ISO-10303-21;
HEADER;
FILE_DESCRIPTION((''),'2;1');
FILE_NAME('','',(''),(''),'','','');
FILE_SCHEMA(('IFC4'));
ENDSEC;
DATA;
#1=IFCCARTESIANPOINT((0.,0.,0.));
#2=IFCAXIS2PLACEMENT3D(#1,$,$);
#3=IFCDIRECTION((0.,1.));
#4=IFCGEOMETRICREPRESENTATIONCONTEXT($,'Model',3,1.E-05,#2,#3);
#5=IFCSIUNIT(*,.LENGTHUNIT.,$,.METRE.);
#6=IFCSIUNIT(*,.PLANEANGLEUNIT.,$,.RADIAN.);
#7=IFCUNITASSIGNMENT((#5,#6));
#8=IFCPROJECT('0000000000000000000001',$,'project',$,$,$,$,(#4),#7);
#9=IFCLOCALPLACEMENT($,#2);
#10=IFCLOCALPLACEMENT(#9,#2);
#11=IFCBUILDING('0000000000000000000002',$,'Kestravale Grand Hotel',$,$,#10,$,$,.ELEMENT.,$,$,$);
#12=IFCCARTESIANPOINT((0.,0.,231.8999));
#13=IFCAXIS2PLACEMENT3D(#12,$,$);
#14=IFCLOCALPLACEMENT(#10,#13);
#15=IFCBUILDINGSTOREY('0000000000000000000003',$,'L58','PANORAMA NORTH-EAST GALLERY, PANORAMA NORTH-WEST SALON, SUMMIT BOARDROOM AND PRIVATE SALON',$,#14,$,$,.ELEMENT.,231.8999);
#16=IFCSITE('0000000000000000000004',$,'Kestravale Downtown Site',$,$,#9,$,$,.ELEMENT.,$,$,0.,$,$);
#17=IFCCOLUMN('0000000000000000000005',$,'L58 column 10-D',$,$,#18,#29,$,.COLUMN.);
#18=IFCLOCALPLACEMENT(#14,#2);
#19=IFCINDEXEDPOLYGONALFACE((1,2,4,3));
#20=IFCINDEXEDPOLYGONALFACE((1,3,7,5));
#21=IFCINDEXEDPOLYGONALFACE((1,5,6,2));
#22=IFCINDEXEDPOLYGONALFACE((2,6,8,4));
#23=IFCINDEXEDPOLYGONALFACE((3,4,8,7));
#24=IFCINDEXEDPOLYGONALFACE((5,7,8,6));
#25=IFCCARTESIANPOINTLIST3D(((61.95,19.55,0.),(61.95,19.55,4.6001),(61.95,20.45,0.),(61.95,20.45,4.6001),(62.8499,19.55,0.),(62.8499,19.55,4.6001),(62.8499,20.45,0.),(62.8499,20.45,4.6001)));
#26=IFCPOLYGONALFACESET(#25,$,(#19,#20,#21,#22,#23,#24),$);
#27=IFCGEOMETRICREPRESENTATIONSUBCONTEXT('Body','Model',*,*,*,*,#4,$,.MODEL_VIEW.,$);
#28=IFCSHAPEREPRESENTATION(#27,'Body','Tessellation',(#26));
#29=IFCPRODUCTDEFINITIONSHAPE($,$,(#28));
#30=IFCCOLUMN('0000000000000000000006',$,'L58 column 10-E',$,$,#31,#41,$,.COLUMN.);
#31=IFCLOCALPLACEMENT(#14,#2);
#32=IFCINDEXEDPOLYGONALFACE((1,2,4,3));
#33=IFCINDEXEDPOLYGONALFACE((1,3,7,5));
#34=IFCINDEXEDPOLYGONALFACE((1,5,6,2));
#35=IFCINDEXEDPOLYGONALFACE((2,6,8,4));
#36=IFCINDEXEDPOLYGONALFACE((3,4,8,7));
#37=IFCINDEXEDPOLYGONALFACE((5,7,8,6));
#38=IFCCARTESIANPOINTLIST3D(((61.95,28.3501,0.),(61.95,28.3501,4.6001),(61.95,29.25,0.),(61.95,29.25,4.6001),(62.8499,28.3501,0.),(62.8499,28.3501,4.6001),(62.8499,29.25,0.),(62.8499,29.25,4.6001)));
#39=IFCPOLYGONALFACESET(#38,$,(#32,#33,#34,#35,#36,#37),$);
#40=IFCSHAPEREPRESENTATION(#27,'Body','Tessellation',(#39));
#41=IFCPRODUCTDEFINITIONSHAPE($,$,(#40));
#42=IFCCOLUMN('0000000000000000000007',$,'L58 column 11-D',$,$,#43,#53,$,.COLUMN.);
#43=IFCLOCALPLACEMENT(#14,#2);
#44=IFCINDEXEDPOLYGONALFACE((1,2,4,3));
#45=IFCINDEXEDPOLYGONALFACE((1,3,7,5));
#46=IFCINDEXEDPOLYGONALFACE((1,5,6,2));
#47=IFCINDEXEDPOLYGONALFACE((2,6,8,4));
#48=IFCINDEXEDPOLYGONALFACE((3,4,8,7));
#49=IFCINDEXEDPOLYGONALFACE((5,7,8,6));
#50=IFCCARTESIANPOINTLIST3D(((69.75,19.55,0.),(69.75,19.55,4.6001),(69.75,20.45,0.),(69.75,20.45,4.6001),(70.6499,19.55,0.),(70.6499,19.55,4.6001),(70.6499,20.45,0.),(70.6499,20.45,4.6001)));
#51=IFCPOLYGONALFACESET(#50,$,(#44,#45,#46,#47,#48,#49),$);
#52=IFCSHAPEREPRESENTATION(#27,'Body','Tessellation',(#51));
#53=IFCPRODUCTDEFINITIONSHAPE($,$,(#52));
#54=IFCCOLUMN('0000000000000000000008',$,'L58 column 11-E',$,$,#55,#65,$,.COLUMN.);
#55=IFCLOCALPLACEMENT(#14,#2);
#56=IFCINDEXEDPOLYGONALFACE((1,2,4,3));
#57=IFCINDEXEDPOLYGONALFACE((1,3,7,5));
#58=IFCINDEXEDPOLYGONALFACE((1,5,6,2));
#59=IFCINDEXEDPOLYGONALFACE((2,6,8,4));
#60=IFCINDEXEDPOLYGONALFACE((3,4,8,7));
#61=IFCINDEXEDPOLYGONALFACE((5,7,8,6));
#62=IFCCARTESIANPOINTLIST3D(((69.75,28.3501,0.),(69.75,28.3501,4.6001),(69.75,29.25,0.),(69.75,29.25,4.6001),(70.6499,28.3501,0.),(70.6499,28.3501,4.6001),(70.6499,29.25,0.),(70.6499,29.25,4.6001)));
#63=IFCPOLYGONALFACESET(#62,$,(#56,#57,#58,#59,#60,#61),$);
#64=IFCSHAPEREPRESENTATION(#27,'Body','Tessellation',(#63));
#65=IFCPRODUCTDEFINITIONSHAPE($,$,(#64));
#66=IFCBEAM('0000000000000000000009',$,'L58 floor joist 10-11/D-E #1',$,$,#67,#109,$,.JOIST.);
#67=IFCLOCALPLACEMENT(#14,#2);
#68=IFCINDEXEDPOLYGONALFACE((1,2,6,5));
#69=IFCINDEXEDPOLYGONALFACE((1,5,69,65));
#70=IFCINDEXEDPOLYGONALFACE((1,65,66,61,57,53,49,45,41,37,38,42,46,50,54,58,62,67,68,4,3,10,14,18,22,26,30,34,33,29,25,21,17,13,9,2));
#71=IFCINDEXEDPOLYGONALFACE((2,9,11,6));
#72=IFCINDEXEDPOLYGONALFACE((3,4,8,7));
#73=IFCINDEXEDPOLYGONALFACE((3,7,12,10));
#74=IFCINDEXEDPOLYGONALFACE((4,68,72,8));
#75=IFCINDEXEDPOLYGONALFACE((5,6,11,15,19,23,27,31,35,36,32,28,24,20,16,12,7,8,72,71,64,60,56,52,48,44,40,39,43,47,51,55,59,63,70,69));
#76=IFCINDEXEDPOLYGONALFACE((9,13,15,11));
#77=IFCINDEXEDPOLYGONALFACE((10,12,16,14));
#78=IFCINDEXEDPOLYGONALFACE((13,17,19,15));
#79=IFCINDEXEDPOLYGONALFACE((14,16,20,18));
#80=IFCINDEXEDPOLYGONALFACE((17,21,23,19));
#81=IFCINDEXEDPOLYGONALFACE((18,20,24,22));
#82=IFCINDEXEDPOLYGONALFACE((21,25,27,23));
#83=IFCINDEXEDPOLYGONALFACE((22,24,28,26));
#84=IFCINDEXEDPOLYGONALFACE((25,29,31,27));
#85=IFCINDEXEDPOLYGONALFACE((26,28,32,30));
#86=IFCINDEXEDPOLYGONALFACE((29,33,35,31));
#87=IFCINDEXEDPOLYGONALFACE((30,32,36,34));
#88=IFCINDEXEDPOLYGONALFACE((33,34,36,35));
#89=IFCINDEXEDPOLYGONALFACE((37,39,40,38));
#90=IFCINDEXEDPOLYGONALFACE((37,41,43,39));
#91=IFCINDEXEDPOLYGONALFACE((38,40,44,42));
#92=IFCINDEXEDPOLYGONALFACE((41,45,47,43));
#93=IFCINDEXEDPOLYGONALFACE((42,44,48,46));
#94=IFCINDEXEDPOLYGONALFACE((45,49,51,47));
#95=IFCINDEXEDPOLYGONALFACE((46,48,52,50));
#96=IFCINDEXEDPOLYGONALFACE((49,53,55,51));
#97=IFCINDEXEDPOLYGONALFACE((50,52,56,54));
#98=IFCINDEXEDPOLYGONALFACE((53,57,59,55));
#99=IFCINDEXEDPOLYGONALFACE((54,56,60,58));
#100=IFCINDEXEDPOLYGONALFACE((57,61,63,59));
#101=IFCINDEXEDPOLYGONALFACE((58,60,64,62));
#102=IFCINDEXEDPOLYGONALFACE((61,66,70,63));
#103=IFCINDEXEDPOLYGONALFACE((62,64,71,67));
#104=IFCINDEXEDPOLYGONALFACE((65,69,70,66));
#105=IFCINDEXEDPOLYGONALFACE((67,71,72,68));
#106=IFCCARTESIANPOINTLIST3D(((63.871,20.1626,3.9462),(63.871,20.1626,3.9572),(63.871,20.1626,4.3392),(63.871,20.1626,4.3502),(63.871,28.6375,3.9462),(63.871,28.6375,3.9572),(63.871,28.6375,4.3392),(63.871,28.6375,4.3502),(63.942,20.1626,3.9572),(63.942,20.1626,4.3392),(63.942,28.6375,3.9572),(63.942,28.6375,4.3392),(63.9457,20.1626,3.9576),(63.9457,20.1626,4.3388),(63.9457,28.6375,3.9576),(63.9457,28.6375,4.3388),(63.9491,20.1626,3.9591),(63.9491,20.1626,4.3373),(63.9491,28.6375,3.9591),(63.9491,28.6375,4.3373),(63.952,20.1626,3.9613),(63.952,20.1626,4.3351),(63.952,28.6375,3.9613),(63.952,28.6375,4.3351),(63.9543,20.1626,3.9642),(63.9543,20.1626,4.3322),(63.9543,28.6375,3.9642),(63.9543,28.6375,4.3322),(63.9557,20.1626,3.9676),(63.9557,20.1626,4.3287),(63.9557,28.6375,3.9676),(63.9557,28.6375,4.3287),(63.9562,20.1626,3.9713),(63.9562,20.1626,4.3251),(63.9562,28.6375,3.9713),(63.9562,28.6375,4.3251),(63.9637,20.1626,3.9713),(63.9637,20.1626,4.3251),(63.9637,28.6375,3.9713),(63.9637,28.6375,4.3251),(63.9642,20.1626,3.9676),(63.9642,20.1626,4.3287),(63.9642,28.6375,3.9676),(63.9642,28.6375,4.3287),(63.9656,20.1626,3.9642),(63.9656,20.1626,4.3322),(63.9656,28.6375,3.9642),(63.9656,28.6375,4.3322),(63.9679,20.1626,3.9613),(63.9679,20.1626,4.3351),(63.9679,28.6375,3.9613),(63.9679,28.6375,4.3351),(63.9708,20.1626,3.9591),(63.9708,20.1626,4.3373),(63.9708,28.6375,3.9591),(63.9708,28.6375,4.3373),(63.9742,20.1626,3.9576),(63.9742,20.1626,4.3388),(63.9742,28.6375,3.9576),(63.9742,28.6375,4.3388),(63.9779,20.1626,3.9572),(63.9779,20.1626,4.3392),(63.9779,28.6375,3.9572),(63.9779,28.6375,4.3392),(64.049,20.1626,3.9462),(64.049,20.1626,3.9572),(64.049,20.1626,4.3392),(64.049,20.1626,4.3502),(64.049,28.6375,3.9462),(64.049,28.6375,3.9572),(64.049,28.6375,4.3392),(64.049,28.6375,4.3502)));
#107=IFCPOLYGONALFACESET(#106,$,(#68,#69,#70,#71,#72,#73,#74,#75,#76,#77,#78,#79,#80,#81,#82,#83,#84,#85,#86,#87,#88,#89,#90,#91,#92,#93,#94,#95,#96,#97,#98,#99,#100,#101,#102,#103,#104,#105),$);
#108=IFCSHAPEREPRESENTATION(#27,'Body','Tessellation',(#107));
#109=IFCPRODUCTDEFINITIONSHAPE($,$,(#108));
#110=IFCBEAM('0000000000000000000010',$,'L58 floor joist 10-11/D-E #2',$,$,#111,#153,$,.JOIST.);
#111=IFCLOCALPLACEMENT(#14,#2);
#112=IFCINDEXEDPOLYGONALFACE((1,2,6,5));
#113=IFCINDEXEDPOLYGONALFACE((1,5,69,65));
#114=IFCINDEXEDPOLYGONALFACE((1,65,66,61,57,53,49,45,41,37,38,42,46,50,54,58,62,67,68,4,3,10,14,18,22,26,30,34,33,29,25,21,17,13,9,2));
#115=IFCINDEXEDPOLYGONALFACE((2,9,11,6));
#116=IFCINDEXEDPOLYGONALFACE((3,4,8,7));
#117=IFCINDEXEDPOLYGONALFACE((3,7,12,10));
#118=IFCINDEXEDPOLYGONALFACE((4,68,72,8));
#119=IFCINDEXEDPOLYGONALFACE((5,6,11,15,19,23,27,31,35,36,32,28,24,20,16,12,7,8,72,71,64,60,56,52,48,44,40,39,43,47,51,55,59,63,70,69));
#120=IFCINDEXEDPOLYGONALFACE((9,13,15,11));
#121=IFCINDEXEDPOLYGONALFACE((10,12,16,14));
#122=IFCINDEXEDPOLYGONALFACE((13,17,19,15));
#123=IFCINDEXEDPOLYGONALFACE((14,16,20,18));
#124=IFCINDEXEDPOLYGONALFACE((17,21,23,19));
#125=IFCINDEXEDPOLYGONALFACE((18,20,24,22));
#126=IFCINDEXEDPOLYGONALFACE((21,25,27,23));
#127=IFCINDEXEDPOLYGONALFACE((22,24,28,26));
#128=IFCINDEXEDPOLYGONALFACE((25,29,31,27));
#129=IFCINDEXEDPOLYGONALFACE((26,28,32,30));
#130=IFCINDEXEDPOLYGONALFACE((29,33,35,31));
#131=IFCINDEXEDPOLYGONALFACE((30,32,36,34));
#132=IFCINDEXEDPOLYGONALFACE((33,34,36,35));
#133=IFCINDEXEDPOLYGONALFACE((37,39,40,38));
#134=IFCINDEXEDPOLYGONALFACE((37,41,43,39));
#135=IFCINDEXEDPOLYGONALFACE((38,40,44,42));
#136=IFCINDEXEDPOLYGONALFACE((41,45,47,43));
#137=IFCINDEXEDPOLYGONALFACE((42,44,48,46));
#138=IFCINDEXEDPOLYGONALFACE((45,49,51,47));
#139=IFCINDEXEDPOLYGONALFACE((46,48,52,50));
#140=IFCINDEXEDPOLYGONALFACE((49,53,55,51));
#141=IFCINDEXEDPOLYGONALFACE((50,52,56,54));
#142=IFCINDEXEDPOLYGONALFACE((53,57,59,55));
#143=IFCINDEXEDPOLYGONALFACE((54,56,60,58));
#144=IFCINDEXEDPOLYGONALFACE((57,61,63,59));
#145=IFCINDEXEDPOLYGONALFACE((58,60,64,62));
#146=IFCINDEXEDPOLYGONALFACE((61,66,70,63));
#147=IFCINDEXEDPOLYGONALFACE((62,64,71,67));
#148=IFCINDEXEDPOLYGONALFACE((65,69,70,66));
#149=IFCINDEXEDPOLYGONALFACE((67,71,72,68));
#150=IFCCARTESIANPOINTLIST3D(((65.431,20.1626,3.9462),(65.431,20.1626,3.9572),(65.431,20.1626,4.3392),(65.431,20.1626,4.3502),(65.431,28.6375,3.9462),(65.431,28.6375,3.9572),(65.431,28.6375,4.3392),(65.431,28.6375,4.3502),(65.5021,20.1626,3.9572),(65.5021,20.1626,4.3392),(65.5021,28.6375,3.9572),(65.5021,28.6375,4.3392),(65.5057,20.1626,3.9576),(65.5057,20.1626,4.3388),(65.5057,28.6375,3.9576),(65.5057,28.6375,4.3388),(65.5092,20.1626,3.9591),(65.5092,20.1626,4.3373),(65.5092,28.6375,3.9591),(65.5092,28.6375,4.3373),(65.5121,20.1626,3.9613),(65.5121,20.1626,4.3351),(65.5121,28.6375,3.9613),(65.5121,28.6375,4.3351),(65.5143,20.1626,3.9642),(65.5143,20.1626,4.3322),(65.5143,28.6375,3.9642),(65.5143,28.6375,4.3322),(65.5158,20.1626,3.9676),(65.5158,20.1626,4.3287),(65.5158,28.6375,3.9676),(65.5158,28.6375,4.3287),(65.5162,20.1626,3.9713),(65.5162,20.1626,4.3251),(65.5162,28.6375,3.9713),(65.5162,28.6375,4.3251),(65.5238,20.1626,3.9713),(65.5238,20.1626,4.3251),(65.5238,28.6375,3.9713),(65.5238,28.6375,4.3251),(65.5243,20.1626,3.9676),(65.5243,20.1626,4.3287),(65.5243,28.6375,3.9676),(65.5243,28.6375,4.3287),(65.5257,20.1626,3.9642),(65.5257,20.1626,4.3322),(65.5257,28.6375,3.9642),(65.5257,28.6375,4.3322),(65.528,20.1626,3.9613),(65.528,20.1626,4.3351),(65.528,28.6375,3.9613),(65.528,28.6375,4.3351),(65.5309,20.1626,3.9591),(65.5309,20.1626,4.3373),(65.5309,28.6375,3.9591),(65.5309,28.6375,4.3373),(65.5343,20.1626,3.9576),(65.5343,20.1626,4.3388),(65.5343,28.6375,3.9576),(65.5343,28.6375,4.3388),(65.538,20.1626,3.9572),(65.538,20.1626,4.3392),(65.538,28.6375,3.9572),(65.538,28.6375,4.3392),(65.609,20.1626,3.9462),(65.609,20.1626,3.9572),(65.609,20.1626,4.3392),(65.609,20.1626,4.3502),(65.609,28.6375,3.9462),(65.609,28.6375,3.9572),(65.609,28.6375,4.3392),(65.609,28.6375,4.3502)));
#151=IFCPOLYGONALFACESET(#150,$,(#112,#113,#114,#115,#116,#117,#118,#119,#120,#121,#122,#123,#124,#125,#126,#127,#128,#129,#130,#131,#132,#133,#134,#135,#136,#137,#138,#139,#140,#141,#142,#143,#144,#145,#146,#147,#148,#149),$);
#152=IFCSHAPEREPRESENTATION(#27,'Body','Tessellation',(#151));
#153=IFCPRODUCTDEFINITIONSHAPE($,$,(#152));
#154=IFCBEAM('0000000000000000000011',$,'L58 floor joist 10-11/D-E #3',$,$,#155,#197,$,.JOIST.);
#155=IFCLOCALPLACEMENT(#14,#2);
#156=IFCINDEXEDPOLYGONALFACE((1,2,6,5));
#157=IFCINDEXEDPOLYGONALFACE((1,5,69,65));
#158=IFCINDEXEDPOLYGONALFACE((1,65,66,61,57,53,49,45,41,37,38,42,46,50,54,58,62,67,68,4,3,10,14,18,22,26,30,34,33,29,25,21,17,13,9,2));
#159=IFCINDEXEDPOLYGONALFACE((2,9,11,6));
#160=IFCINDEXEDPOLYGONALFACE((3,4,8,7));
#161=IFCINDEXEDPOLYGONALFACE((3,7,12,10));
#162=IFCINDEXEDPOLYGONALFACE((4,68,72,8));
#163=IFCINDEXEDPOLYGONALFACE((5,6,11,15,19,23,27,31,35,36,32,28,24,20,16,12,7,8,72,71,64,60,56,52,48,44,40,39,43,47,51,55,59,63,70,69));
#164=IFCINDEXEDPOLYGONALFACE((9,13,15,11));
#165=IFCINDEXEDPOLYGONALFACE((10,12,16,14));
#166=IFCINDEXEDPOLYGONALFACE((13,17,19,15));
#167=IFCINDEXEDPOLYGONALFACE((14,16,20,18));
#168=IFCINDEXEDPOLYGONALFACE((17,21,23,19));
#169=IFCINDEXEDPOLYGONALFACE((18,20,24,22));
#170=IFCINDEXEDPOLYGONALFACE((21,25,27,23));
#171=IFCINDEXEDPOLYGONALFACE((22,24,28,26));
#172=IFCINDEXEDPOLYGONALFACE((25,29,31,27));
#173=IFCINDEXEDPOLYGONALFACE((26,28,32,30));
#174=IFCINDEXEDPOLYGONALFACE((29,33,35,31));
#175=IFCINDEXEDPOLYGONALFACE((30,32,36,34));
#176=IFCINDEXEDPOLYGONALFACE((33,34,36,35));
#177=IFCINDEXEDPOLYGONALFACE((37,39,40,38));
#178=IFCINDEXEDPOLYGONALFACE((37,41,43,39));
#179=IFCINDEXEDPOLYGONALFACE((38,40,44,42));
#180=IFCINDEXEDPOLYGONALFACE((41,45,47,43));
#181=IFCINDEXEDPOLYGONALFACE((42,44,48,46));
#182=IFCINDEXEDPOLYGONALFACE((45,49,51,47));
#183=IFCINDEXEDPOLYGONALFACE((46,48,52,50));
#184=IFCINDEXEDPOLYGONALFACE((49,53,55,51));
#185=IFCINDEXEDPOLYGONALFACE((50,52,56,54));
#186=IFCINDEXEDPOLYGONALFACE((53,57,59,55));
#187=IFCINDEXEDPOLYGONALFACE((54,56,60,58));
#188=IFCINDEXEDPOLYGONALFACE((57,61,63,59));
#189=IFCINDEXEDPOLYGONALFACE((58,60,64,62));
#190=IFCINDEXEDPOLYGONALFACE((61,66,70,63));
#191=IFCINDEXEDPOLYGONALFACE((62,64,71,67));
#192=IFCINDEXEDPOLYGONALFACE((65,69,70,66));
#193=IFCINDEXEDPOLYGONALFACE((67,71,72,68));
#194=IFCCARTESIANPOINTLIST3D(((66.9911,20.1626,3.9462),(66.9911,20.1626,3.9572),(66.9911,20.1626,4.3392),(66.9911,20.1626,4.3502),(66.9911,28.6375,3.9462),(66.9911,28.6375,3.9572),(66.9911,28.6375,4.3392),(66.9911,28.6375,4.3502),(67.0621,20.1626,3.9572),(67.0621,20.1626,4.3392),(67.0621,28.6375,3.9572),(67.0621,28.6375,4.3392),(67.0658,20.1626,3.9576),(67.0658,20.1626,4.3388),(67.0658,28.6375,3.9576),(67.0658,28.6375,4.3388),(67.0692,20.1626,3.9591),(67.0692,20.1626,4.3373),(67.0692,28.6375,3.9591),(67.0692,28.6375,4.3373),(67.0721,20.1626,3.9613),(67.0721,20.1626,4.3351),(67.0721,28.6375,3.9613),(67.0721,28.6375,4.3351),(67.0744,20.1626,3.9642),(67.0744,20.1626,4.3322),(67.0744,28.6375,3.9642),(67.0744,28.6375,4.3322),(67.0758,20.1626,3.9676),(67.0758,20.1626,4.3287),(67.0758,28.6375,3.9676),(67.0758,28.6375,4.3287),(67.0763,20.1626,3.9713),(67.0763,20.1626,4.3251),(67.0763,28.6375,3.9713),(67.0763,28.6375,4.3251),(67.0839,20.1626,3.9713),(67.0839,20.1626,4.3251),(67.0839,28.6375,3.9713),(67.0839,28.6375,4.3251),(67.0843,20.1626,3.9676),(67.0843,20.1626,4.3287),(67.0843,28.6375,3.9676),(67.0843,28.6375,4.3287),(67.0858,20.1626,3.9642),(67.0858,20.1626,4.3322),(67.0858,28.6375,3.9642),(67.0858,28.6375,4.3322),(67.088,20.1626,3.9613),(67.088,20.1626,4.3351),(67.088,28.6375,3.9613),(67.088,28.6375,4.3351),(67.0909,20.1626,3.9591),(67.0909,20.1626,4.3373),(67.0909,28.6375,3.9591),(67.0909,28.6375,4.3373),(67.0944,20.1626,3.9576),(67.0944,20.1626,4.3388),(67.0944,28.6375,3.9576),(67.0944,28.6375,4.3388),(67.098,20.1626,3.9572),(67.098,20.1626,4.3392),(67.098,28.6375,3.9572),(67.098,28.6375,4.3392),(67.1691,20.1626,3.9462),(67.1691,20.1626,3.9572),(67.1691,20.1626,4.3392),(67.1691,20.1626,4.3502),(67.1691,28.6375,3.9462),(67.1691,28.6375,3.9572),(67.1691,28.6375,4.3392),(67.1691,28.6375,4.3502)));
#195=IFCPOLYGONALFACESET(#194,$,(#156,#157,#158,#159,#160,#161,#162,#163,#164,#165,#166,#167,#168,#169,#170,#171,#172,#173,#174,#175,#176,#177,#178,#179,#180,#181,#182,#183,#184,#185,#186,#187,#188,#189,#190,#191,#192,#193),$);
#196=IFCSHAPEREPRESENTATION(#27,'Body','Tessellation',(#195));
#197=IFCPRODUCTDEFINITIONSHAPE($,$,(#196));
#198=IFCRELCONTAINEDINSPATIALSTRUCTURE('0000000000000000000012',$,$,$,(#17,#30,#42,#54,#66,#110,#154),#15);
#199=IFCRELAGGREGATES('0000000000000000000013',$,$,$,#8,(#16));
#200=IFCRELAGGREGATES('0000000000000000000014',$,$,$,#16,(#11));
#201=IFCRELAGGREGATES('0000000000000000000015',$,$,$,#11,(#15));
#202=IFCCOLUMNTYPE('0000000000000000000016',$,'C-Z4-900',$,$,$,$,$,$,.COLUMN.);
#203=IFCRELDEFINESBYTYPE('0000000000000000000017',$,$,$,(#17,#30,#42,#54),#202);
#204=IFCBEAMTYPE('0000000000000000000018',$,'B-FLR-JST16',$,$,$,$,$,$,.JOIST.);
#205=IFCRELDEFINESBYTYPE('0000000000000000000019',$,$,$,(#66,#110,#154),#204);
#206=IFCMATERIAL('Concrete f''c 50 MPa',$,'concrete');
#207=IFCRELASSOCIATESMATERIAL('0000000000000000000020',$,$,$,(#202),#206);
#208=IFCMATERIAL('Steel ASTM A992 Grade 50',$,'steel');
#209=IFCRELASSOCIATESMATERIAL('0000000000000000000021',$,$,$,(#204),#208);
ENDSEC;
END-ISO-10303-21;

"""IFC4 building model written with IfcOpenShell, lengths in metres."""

from ifc_helpers import new_model, si_unit, direction, frame, origin, origin_2d, place, context, subcontext, project, spatial, rectangle, i_section, extrude, material, material_profile, profile_set, type_object, element, save


model = new_model("IFC4")

# Units and contexts
model_context = context("Model", 3, precision=1e-05, world=origin(), true_north=direction((0.0, 1.0)))
body_context = subcontext(model_context, "Body", "Model", "MODEL_VIEW")
ifc_project = project(units=[si_unit("LENGTHUNIT", "METRE"), si_unit("PLANEANGLEUNIT", "RADIAN")], contexts=[model_context])

# Site, building, storey
site_placement = place(None, origin())
site = spatial("IfcSite", under=ifc_project, at=site_placement, Name="Kestravale Downtown Site", CompositionType="ELEMENT", RefElevation=0.0)
building_placement = place(site_placement, origin())
building = spatial("IfcBuilding", under=site, at=building_placement, Name="Kestravale Grand Hotel", CompositionType="ELEMENT")
storey_placement = place(building_placement, frame((0.0, 0.0, 231.8999)))
storey = spatial("IfcBuildingStorey", under=building, at=storey_placement, Name="L58", Description="PANORAMA NORTH-EAST GALLERY, PANORAMA NORTH-WEST SALON, SUMMIT BOARDROOM AND PRIVATE SALON", CompositionType="ELEMENT", Elevation=231.8999)

# Columns
ifc_material_1 = material(Name="Concrete f'c 50 MPa", Category="concrete")
ifc_material_profile_1 = material_profile(ifc_material_1, rectangle(XDim=0.8999, YDim=0.8999, at=origin_2d()))
ifc_profile_set_1 = profile_set([ifc_material_profile_1], Name="Concrete f'c 50 MPa")
column_type = type_object("IfcColumnType", Name="C-Z4-900", PredefinedType="COLUMN", material=ifc_profile_set_1)
for number, where, z_axis, x_axis, name in (
    (1, (62.3999, 20.0, 0.0), (0.0, 0.0, 1.0), (1.0, 0.0, 0.0), "L58 column 10-D"),
    (2, (62.3999, 28.8, 0.0), (0.0, 0.0, 1.0), (1.0, 0.0, 0.0), "L58 column 10-E"),
    (3, (70.2, 20.0, 0.0), (0.0, 0.0, 1.0), (1.0, 0.0, 0.0), "L58 column 11-D"),
    (4, (70.2, 28.8, 0.0), (0.0, 0.0, 1.0), (1.0, 0.0, 0.0), "L58 column 11-E"),
):
    element("IfcColumn", number, at=place(storey_placement, frame(where, z_axis=z_axis, x_axis=x_axis)), inside=storey, type_object=column_type, Name=name, PredefinedType="COLUMN", context=body_context, shape_type="SweptSolid", body=[
        extrude(rectangle(XDim=0.8999, YDim=0.8999, at=origin_2d()), origin(), (0.0, 0.0, 1.0), 4.6001),
    ])

# Beams
ifc_material_2 = material(Name="Steel ASTM A992 Grade 50", Category="steel")
ifc_material_profile_2 = material_profile(ifc_material_2, i_section(OverallWidth=0.178, OverallDepth=0.4041, WebThickness=0.0076, FlangeThickness=0.011, FilletRadius=0.0142, at=origin_2d()))
ifc_profile_set_2 = profile_set([ifc_material_profile_2], Name="Steel ASTM A992 Grade 50")
beam_type_1 = type_object("IfcBeamType", Name="B-FLR-JST16", PredefinedType="JOIST", material=ifc_profile_set_2)
for number, where, z_axis, x_axis, name in (
    (5, (63.96, 20.1626, 4.1482), (0.0, 1.0, 0.0), (-1.0, 0.0, 0.0), "L58 floor joist 10-11/D-E #1"),
    (6, (65.52, 20.1626, 4.1482), (0.0, 1.0, 0.0), (-1.0, 0.0, 0.0), "L58 floor joist 10-11/D-E #2"),
    (7, (67.0801, 20.1626, 4.1482), (0.0, 1.0, 0.0), (-1.0, 0.0, 0.0), "L58 floor joist 10-11/D-E #3"),
):
    element("IfcBeam", number, at=place(storey_placement, frame(where, z_axis=z_axis, x_axis=x_axis)), inside=storey, type_object=beam_type_1, Name=name, PredefinedType="JOIST", context=body_context, shape_type="SweptSolid", body=[
        extrude(i_section(OverallWidth=0.178, OverallDepth=0.4041, WebThickness=0.0076, FlangeThickness=0.011, FilletRadius=0.0142, at=origin_2d()), origin(), (0.0, 0.0, 1.0), 8.4749),
    ])

save(model, "model.ifc")
